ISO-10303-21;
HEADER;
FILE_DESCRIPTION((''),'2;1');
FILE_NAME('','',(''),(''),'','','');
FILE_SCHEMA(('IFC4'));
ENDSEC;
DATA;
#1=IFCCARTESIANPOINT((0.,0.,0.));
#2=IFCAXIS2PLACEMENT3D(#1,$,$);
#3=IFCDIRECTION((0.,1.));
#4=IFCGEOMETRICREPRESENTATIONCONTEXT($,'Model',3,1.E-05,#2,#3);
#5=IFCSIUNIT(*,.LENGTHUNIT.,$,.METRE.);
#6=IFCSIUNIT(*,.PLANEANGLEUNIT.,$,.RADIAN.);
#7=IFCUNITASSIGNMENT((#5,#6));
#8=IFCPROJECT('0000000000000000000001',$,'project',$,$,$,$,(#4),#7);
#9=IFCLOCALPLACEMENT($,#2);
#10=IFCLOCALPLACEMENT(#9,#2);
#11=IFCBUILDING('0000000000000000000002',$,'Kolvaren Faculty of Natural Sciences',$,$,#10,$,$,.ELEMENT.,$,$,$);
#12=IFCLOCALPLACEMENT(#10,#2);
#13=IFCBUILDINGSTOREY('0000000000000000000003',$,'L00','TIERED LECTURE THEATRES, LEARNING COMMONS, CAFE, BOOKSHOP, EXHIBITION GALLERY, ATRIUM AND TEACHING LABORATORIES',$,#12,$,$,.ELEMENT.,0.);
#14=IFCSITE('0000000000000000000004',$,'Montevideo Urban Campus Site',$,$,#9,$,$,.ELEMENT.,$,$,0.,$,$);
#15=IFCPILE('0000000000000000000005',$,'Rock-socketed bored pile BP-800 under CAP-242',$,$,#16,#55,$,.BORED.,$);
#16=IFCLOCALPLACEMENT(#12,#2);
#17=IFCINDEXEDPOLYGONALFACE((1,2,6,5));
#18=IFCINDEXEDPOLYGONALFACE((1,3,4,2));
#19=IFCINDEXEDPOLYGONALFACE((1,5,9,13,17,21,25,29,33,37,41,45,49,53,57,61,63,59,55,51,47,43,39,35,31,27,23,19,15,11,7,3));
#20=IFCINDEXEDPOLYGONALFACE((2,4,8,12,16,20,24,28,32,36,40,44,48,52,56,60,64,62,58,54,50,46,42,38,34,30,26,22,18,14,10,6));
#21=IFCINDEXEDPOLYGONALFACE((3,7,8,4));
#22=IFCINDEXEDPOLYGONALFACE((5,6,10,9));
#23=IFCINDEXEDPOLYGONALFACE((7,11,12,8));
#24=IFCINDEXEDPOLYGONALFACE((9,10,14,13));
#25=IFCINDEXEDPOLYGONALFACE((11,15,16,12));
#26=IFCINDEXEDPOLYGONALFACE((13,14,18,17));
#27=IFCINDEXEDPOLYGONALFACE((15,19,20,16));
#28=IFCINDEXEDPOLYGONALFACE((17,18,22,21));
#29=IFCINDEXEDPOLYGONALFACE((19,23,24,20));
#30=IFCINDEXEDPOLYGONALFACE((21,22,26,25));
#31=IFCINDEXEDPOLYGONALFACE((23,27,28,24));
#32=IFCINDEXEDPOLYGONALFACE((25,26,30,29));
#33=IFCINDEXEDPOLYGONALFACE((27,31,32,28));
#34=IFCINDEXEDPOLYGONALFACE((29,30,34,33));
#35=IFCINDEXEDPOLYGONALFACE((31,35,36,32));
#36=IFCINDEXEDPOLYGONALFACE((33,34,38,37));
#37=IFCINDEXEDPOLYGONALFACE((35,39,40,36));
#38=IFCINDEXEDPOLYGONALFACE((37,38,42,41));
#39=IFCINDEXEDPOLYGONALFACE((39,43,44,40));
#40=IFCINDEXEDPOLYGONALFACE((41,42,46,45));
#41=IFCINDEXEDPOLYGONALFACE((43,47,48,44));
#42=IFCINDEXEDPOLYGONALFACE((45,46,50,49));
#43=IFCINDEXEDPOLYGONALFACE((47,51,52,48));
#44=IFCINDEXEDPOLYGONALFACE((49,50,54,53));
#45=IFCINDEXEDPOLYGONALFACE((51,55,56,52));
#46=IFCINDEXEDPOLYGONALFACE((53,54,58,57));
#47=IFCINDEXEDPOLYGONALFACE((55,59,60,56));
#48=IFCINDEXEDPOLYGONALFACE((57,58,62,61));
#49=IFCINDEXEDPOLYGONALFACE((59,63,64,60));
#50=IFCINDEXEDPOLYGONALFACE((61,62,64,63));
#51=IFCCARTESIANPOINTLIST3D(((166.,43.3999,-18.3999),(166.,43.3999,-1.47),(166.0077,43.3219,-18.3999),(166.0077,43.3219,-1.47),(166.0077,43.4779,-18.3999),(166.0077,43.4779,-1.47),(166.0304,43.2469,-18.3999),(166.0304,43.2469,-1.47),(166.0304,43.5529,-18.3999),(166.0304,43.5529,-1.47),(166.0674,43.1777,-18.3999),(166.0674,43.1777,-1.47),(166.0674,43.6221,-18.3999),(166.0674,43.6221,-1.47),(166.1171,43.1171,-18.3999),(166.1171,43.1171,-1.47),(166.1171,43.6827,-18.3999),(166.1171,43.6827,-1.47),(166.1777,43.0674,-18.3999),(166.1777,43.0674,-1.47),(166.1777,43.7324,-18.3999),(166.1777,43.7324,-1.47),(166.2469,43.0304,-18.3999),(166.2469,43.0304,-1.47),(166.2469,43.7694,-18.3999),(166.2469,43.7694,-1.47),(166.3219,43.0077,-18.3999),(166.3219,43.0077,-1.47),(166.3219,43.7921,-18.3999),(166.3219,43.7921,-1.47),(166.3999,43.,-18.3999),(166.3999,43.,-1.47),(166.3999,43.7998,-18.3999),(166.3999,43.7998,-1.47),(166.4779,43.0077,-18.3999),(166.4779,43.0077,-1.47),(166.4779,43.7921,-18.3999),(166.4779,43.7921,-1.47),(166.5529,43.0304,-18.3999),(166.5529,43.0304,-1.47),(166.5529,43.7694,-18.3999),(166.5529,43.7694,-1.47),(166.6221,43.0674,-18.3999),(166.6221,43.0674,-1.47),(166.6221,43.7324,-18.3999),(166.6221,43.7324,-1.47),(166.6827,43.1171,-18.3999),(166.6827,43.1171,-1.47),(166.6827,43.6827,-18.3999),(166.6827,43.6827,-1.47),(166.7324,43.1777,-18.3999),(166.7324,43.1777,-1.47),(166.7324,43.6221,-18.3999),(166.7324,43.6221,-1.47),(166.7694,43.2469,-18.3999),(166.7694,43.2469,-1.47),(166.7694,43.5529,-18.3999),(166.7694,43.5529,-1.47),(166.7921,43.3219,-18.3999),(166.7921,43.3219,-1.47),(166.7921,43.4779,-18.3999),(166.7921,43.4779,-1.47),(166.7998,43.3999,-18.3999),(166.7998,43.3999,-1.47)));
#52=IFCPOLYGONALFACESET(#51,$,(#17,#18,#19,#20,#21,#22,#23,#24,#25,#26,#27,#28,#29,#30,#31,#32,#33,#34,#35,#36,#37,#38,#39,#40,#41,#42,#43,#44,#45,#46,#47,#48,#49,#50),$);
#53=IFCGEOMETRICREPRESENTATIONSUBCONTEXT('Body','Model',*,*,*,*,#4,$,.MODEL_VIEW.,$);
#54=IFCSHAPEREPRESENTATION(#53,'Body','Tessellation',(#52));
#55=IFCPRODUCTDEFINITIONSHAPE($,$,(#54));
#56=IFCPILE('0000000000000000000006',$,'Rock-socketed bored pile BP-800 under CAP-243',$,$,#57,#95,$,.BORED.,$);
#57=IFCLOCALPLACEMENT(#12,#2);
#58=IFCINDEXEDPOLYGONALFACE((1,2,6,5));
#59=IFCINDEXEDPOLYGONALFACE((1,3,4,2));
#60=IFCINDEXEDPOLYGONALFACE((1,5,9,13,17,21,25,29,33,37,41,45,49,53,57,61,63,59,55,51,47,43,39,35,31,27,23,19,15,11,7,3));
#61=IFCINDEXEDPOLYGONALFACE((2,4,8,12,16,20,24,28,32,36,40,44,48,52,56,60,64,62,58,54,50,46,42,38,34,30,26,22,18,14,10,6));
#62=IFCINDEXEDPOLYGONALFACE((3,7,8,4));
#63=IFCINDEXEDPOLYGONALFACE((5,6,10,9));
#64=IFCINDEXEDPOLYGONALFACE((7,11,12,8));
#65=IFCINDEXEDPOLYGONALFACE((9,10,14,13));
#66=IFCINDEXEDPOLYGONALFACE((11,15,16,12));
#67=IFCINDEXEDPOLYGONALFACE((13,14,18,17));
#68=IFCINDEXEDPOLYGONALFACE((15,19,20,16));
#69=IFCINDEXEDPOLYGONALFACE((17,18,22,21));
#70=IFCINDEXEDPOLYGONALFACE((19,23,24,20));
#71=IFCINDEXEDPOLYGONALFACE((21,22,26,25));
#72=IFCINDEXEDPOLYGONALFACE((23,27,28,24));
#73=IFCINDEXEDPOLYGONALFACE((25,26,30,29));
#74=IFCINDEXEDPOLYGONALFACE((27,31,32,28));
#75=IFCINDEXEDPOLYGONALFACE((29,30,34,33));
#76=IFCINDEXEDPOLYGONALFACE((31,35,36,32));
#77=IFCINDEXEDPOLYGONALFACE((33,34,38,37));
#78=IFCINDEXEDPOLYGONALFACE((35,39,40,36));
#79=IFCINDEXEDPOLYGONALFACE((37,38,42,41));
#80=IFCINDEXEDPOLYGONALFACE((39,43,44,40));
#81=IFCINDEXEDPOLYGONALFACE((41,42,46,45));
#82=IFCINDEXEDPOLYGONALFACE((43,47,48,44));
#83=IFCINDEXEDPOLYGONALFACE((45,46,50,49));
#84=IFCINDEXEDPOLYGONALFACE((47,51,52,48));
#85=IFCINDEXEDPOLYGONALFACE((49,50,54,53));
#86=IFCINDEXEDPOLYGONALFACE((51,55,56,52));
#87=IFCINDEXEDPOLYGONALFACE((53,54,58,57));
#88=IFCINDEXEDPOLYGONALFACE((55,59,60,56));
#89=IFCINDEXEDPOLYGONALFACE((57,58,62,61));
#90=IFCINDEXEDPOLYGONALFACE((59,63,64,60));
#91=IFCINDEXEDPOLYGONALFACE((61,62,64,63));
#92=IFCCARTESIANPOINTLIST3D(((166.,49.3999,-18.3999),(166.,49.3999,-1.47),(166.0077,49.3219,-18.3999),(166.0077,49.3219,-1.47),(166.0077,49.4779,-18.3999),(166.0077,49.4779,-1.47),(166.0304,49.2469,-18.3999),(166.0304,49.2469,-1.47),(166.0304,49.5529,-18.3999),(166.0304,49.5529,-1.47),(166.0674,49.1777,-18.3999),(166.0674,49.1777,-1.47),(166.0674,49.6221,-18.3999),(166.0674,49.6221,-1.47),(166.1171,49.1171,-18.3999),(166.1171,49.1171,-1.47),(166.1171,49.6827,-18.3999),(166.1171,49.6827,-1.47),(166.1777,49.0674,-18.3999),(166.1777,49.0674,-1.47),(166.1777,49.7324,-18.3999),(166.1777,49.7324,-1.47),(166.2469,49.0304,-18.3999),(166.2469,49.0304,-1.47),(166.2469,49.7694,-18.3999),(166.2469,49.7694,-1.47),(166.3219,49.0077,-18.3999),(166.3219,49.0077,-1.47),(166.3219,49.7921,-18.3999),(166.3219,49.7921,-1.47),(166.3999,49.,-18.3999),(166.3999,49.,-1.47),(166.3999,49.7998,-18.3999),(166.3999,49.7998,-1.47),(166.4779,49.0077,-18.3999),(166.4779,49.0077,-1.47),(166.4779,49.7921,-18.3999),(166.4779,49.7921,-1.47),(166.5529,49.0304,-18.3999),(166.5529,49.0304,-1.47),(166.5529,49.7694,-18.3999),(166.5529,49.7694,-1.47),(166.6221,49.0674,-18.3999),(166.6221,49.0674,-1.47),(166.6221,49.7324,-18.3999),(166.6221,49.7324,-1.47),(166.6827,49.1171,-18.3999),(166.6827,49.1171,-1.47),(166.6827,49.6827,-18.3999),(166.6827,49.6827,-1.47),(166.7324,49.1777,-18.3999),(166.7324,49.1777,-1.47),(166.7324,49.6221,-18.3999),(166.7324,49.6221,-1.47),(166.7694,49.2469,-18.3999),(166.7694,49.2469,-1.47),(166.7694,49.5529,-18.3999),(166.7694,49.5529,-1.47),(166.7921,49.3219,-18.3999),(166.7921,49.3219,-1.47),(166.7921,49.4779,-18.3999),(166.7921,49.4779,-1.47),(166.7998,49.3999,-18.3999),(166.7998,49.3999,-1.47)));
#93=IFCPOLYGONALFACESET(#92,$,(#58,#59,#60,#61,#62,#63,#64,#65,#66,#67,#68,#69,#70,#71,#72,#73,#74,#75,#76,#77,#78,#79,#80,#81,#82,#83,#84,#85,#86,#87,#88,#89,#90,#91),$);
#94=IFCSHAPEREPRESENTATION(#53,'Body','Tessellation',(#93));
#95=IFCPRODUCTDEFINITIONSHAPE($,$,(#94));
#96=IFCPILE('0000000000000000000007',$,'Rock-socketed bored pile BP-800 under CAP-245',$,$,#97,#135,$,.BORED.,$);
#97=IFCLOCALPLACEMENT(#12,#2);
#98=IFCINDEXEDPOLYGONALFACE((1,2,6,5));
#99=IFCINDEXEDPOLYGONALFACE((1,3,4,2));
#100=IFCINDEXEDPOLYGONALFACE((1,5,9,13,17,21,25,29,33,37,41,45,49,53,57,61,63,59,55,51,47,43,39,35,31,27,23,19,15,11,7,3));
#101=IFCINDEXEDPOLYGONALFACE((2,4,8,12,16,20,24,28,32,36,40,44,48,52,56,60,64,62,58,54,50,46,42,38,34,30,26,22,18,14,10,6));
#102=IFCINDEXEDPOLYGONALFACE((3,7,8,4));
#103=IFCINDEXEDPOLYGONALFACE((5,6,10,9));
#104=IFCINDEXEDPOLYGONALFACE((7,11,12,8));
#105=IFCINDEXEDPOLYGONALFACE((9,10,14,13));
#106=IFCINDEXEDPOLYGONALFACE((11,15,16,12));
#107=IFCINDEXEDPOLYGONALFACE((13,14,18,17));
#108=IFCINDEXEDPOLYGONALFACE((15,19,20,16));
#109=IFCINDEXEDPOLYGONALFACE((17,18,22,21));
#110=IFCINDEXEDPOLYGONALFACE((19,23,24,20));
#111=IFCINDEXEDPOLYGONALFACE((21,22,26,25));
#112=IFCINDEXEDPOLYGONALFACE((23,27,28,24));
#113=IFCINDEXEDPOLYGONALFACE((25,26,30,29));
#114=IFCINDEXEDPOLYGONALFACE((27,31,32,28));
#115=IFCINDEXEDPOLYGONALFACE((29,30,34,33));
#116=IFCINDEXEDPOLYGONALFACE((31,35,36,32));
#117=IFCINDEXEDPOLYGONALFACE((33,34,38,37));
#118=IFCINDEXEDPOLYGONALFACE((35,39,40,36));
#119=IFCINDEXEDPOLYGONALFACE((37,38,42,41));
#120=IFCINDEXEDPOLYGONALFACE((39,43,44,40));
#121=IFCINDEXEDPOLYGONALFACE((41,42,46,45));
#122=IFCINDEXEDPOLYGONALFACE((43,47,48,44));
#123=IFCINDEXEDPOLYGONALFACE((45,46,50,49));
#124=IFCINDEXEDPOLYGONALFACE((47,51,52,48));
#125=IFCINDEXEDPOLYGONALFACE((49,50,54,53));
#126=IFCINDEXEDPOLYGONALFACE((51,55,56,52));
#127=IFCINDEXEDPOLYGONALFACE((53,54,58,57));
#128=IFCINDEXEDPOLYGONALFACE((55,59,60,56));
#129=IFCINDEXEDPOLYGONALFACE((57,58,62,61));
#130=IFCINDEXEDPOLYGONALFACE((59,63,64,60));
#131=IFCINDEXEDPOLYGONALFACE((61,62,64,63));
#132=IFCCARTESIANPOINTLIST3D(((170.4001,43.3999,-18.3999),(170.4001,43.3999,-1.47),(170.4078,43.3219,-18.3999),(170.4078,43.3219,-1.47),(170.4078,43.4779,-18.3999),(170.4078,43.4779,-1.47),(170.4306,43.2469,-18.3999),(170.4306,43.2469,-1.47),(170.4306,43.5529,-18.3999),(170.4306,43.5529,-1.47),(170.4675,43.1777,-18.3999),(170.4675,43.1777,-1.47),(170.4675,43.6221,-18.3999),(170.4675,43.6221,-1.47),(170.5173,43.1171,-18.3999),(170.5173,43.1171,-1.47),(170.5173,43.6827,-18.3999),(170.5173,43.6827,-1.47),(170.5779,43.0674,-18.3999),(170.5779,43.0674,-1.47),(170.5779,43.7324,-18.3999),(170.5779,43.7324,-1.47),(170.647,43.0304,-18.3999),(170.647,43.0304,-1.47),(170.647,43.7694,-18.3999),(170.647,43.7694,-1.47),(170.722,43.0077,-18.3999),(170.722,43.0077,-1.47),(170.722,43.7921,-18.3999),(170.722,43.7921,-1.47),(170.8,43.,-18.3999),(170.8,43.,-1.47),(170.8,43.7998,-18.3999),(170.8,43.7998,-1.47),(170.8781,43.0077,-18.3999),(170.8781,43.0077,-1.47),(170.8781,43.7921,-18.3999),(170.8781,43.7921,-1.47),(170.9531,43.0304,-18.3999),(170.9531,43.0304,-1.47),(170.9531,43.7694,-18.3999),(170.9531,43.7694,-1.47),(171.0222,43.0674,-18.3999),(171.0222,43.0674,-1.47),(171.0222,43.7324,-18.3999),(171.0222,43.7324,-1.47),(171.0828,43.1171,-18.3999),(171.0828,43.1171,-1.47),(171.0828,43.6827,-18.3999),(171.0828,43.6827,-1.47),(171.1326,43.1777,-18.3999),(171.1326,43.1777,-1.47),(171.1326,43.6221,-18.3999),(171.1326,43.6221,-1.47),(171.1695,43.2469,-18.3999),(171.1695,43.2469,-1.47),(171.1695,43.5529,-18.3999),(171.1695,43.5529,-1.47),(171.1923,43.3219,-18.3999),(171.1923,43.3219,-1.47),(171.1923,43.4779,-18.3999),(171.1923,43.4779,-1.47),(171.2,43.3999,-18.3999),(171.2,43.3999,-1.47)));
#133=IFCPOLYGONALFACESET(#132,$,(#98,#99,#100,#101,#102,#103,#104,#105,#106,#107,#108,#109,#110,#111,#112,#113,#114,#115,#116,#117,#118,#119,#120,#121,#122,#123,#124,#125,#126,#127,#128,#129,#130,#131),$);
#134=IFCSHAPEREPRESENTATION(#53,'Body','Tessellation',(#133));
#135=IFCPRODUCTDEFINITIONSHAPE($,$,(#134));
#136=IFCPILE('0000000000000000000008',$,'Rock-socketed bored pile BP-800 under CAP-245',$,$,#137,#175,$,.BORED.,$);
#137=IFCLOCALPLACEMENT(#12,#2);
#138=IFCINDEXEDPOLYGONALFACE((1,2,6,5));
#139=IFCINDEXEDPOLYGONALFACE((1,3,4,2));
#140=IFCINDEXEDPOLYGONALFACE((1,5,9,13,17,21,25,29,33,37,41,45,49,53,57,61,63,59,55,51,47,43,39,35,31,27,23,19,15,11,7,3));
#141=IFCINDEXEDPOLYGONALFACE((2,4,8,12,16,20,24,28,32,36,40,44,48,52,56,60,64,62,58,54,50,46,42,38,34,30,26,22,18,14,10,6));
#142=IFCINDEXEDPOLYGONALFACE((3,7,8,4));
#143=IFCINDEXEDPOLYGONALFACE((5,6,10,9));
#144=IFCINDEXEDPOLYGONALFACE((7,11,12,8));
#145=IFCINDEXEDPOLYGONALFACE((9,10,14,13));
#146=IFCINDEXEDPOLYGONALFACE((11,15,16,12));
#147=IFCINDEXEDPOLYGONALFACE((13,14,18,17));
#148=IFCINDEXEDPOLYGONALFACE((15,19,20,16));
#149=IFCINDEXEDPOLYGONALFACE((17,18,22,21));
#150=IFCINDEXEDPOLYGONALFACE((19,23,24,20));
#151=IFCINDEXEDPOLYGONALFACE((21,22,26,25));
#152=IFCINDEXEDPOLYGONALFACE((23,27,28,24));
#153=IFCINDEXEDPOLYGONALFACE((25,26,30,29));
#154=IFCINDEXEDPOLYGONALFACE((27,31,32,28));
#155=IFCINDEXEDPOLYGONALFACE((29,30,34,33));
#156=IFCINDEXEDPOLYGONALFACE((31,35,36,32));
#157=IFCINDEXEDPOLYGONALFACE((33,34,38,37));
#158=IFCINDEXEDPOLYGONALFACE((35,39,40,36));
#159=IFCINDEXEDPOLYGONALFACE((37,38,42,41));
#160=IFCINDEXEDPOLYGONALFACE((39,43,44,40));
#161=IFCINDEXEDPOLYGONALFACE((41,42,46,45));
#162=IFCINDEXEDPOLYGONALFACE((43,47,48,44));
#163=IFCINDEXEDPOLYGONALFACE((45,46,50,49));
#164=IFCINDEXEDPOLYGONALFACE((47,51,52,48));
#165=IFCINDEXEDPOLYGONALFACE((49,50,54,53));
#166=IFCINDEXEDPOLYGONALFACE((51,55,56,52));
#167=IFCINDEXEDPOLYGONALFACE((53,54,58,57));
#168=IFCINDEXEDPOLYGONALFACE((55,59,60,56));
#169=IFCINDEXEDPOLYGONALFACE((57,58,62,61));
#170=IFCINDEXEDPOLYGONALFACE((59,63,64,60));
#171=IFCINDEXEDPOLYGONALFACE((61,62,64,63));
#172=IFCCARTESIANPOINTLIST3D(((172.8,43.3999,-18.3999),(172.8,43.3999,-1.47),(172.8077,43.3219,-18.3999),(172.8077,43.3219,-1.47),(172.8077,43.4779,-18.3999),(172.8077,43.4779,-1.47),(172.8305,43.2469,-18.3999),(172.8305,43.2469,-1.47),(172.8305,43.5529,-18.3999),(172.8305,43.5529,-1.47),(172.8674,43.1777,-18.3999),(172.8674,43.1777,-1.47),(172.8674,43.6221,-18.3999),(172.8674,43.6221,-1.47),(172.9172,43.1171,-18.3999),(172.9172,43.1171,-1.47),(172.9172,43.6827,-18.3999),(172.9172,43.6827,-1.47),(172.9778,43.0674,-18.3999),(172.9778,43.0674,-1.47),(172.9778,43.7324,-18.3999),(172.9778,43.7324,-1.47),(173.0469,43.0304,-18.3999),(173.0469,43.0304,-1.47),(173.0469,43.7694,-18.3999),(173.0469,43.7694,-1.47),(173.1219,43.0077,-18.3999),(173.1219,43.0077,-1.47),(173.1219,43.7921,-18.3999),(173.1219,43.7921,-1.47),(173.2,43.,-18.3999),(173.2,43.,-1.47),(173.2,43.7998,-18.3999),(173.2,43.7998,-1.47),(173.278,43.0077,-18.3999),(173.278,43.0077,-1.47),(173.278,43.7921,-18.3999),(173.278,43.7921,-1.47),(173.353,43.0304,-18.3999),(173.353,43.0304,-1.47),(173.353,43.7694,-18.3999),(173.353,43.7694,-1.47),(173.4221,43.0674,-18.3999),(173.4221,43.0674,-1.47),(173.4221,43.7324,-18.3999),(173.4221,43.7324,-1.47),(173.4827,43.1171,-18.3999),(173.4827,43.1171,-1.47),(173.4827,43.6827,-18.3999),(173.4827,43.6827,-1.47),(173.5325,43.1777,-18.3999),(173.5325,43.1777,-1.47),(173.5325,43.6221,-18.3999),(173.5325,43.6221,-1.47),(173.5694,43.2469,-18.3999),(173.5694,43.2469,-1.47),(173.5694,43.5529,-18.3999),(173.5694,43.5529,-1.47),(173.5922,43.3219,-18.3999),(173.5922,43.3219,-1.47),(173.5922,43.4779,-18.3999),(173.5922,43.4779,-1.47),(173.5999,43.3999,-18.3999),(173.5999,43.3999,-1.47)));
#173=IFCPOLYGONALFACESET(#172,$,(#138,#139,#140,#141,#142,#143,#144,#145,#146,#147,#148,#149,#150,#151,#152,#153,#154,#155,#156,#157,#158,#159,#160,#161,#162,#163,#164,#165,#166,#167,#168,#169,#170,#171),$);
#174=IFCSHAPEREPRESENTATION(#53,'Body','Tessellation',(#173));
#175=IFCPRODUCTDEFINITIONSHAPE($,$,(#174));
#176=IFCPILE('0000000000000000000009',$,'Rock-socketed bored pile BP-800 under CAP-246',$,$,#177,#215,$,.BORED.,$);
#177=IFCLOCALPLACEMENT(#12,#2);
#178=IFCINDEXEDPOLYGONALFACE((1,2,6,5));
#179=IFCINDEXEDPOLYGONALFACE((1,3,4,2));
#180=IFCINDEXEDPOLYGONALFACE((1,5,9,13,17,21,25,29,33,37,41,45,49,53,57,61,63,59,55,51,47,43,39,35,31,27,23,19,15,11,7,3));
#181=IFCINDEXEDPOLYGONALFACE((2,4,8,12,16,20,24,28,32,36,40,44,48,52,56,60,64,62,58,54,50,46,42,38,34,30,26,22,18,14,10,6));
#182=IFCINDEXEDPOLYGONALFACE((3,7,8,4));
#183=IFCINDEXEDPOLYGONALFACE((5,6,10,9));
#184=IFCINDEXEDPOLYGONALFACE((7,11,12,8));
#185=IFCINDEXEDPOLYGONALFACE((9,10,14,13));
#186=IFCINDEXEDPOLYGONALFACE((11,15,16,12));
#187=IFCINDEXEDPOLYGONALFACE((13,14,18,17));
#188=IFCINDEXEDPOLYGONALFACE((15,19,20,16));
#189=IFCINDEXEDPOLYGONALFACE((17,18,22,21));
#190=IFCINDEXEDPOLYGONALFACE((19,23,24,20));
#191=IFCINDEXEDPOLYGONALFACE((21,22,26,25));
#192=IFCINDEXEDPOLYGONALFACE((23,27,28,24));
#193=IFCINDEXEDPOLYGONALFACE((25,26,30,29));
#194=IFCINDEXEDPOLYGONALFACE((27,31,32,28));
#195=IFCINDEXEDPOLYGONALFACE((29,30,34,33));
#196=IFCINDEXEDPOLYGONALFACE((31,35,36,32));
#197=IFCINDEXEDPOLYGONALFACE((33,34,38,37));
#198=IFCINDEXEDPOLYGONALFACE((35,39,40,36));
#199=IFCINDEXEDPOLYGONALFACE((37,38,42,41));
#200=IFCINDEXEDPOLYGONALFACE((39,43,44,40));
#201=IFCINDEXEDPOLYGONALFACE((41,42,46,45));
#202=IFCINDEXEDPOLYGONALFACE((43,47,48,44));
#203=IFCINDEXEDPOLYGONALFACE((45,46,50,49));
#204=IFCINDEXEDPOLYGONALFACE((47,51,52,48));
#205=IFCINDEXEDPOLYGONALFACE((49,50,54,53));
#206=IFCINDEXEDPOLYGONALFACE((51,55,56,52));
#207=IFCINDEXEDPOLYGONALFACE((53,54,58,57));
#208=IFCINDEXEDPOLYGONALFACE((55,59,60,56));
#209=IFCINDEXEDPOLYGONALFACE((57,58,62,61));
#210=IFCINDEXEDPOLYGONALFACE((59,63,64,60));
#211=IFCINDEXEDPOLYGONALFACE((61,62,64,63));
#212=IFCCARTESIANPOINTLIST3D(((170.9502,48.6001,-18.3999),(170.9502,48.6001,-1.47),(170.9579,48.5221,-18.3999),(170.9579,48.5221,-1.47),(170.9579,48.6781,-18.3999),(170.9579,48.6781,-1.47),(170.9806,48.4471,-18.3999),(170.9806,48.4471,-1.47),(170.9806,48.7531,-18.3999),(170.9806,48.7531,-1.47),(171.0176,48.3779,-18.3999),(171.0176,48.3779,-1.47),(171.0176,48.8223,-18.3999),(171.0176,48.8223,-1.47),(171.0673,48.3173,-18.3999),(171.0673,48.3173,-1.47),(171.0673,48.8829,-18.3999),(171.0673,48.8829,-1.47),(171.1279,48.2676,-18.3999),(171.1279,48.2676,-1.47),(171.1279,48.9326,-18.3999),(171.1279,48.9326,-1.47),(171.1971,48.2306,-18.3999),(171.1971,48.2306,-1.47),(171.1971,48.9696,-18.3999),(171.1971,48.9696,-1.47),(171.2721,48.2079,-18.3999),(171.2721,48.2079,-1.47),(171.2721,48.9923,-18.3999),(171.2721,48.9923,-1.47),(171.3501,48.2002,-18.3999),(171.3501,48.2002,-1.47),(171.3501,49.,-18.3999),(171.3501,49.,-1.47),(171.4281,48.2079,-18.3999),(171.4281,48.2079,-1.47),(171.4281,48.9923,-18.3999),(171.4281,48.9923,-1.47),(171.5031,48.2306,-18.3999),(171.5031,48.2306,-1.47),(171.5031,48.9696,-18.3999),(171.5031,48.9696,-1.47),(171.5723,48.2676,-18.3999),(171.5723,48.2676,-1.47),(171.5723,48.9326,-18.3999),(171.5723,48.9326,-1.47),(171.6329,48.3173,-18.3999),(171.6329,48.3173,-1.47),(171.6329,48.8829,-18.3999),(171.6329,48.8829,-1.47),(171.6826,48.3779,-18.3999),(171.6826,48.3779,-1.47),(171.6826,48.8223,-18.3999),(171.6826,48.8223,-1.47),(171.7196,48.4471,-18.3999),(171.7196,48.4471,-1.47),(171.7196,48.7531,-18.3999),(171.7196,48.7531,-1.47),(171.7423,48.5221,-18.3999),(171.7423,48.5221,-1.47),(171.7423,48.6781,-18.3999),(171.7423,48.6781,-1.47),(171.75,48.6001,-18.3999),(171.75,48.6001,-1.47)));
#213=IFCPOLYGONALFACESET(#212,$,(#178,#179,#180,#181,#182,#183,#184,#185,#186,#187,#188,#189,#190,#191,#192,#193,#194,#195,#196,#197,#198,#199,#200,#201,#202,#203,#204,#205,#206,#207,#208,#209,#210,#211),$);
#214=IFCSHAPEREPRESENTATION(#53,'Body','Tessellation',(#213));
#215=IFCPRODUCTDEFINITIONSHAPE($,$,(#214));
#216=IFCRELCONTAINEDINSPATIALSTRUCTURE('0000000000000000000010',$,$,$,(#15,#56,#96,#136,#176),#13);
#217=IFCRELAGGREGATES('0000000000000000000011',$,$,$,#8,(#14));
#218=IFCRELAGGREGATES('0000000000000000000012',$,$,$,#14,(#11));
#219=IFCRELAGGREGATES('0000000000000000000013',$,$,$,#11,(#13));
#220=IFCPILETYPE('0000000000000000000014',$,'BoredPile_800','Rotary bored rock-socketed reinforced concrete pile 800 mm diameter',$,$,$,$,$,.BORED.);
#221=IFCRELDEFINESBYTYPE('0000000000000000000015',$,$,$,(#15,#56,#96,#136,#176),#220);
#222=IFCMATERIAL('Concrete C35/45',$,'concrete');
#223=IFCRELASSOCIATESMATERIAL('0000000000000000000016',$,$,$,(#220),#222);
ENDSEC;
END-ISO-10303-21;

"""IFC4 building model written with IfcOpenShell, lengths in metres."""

from ifc_helpers import new_model, si_unit, direction, frame, origin, origin_2d, place, context, subcontext, project, spatial, circle, extrude, material, material_profile, profile_set, type_object, element, save


model = new_model("IFC4")

# Units and contexts
model_context = context("Model", 3, precision=1e-05, world=origin(), true_north=direction((0.0, 1.0)))
body_context = subcontext(model_context, "Body", "Model", "MODEL_VIEW")
ifc_project = project(units=[si_unit("LENGTHUNIT", "METRE"), si_unit("PLANEANGLEUNIT", "RADIAN")], contexts=[model_context])

# Site, building, storey
site_placement = place(None, origin())
site = spatial("IfcSite", under=ifc_project, at=site_placement, Name="Montevideo Urban Campus Site", CompositionType="ELEMENT", RefElevation=0.0)
building_placement = place(site_placement, origin())
building = spatial("IfcBuilding", under=site, at=building_placement, Name="Kolvaren Faculty of Natural Sciences", CompositionType="ELEMENT")
storey_placement = place(building_placement, origin())
storey = spatial("IfcBuildingStorey", under=building, at=storey_placement, Name="L00", Description="TIERED LECTURE THEATRES, LEARNING COMMONS, CAFE, BOOKSHOP, EXHIBITION GALLERY, ATRIUM AND TEACHING LABORATORIES", CompositionType="ELEMENT", Elevation=0.0)

# Piles
ifc_material_1 = material(Name="Concrete C35/45", Category="concrete")
ifc_material_profile_1 = material_profile(ifc_material_1, circle(Radius=0.3999, at=origin_2d()), Name="PILE D800")
ifc_profile_set_1 = profile_set([ifc_material_profile_1], Name="Concrete C35/45")
pile_type = type_object("IfcPileType", Name="BoredPile_800", Description="Rotary bored rock-socketed reinforced concrete pile 800 mm diameter", PredefinedType="BORED", material=ifc_profile_set_1)
for number, where, z_axis, x_axis, name in (
    (1, (166.3999, 43.3999, -1.47), (0.0, 0.0, -1.0), (1.0, 0.0, 0.0), "Rock-socketed bored pile BP-800 under CAP-242"),
    (2, (166.3999, 49.3999, -1.47), (0.0, 0.0, -1.0), (1.0, 0.0, 0.0), "Rock-socketed bored pile BP-800 under CAP-243"),
    (3, (170.8, 43.3999, -1.47), (0.0, 0.0, -1.0), (1.0, 0.0, 0.0), "Rock-socketed bored pile BP-800 under CAP-245"),
    (4, (173.2, 43.3999, -1.47), (0.0, 0.0, -1.0), (1.0, 0.0, 0.0), "Rock-socketed bored pile BP-800 under CAP-245"),
    (5, (171.3501, 48.6001, -1.47), (0.0, 0.0, -1.0), (1.0, 0.0, 0.0), "Rock-socketed bored pile BP-800 under CAP-246"),
):
    element("IfcPile", number, at=place(storey_placement, frame(where, z_axis=z_axis, x_axis=x_axis)), inside=storey, type_object=pile_type, Name=name, PredefinedType="BORED", context=body_context, shape_type="SweptSolid", body=[
        extrude(circle(Radius=0.3999, at=origin_2d()), origin(), (0.0, 0.0, 1.0), 16.9299),
    ])

save(model, "model.ifc")
